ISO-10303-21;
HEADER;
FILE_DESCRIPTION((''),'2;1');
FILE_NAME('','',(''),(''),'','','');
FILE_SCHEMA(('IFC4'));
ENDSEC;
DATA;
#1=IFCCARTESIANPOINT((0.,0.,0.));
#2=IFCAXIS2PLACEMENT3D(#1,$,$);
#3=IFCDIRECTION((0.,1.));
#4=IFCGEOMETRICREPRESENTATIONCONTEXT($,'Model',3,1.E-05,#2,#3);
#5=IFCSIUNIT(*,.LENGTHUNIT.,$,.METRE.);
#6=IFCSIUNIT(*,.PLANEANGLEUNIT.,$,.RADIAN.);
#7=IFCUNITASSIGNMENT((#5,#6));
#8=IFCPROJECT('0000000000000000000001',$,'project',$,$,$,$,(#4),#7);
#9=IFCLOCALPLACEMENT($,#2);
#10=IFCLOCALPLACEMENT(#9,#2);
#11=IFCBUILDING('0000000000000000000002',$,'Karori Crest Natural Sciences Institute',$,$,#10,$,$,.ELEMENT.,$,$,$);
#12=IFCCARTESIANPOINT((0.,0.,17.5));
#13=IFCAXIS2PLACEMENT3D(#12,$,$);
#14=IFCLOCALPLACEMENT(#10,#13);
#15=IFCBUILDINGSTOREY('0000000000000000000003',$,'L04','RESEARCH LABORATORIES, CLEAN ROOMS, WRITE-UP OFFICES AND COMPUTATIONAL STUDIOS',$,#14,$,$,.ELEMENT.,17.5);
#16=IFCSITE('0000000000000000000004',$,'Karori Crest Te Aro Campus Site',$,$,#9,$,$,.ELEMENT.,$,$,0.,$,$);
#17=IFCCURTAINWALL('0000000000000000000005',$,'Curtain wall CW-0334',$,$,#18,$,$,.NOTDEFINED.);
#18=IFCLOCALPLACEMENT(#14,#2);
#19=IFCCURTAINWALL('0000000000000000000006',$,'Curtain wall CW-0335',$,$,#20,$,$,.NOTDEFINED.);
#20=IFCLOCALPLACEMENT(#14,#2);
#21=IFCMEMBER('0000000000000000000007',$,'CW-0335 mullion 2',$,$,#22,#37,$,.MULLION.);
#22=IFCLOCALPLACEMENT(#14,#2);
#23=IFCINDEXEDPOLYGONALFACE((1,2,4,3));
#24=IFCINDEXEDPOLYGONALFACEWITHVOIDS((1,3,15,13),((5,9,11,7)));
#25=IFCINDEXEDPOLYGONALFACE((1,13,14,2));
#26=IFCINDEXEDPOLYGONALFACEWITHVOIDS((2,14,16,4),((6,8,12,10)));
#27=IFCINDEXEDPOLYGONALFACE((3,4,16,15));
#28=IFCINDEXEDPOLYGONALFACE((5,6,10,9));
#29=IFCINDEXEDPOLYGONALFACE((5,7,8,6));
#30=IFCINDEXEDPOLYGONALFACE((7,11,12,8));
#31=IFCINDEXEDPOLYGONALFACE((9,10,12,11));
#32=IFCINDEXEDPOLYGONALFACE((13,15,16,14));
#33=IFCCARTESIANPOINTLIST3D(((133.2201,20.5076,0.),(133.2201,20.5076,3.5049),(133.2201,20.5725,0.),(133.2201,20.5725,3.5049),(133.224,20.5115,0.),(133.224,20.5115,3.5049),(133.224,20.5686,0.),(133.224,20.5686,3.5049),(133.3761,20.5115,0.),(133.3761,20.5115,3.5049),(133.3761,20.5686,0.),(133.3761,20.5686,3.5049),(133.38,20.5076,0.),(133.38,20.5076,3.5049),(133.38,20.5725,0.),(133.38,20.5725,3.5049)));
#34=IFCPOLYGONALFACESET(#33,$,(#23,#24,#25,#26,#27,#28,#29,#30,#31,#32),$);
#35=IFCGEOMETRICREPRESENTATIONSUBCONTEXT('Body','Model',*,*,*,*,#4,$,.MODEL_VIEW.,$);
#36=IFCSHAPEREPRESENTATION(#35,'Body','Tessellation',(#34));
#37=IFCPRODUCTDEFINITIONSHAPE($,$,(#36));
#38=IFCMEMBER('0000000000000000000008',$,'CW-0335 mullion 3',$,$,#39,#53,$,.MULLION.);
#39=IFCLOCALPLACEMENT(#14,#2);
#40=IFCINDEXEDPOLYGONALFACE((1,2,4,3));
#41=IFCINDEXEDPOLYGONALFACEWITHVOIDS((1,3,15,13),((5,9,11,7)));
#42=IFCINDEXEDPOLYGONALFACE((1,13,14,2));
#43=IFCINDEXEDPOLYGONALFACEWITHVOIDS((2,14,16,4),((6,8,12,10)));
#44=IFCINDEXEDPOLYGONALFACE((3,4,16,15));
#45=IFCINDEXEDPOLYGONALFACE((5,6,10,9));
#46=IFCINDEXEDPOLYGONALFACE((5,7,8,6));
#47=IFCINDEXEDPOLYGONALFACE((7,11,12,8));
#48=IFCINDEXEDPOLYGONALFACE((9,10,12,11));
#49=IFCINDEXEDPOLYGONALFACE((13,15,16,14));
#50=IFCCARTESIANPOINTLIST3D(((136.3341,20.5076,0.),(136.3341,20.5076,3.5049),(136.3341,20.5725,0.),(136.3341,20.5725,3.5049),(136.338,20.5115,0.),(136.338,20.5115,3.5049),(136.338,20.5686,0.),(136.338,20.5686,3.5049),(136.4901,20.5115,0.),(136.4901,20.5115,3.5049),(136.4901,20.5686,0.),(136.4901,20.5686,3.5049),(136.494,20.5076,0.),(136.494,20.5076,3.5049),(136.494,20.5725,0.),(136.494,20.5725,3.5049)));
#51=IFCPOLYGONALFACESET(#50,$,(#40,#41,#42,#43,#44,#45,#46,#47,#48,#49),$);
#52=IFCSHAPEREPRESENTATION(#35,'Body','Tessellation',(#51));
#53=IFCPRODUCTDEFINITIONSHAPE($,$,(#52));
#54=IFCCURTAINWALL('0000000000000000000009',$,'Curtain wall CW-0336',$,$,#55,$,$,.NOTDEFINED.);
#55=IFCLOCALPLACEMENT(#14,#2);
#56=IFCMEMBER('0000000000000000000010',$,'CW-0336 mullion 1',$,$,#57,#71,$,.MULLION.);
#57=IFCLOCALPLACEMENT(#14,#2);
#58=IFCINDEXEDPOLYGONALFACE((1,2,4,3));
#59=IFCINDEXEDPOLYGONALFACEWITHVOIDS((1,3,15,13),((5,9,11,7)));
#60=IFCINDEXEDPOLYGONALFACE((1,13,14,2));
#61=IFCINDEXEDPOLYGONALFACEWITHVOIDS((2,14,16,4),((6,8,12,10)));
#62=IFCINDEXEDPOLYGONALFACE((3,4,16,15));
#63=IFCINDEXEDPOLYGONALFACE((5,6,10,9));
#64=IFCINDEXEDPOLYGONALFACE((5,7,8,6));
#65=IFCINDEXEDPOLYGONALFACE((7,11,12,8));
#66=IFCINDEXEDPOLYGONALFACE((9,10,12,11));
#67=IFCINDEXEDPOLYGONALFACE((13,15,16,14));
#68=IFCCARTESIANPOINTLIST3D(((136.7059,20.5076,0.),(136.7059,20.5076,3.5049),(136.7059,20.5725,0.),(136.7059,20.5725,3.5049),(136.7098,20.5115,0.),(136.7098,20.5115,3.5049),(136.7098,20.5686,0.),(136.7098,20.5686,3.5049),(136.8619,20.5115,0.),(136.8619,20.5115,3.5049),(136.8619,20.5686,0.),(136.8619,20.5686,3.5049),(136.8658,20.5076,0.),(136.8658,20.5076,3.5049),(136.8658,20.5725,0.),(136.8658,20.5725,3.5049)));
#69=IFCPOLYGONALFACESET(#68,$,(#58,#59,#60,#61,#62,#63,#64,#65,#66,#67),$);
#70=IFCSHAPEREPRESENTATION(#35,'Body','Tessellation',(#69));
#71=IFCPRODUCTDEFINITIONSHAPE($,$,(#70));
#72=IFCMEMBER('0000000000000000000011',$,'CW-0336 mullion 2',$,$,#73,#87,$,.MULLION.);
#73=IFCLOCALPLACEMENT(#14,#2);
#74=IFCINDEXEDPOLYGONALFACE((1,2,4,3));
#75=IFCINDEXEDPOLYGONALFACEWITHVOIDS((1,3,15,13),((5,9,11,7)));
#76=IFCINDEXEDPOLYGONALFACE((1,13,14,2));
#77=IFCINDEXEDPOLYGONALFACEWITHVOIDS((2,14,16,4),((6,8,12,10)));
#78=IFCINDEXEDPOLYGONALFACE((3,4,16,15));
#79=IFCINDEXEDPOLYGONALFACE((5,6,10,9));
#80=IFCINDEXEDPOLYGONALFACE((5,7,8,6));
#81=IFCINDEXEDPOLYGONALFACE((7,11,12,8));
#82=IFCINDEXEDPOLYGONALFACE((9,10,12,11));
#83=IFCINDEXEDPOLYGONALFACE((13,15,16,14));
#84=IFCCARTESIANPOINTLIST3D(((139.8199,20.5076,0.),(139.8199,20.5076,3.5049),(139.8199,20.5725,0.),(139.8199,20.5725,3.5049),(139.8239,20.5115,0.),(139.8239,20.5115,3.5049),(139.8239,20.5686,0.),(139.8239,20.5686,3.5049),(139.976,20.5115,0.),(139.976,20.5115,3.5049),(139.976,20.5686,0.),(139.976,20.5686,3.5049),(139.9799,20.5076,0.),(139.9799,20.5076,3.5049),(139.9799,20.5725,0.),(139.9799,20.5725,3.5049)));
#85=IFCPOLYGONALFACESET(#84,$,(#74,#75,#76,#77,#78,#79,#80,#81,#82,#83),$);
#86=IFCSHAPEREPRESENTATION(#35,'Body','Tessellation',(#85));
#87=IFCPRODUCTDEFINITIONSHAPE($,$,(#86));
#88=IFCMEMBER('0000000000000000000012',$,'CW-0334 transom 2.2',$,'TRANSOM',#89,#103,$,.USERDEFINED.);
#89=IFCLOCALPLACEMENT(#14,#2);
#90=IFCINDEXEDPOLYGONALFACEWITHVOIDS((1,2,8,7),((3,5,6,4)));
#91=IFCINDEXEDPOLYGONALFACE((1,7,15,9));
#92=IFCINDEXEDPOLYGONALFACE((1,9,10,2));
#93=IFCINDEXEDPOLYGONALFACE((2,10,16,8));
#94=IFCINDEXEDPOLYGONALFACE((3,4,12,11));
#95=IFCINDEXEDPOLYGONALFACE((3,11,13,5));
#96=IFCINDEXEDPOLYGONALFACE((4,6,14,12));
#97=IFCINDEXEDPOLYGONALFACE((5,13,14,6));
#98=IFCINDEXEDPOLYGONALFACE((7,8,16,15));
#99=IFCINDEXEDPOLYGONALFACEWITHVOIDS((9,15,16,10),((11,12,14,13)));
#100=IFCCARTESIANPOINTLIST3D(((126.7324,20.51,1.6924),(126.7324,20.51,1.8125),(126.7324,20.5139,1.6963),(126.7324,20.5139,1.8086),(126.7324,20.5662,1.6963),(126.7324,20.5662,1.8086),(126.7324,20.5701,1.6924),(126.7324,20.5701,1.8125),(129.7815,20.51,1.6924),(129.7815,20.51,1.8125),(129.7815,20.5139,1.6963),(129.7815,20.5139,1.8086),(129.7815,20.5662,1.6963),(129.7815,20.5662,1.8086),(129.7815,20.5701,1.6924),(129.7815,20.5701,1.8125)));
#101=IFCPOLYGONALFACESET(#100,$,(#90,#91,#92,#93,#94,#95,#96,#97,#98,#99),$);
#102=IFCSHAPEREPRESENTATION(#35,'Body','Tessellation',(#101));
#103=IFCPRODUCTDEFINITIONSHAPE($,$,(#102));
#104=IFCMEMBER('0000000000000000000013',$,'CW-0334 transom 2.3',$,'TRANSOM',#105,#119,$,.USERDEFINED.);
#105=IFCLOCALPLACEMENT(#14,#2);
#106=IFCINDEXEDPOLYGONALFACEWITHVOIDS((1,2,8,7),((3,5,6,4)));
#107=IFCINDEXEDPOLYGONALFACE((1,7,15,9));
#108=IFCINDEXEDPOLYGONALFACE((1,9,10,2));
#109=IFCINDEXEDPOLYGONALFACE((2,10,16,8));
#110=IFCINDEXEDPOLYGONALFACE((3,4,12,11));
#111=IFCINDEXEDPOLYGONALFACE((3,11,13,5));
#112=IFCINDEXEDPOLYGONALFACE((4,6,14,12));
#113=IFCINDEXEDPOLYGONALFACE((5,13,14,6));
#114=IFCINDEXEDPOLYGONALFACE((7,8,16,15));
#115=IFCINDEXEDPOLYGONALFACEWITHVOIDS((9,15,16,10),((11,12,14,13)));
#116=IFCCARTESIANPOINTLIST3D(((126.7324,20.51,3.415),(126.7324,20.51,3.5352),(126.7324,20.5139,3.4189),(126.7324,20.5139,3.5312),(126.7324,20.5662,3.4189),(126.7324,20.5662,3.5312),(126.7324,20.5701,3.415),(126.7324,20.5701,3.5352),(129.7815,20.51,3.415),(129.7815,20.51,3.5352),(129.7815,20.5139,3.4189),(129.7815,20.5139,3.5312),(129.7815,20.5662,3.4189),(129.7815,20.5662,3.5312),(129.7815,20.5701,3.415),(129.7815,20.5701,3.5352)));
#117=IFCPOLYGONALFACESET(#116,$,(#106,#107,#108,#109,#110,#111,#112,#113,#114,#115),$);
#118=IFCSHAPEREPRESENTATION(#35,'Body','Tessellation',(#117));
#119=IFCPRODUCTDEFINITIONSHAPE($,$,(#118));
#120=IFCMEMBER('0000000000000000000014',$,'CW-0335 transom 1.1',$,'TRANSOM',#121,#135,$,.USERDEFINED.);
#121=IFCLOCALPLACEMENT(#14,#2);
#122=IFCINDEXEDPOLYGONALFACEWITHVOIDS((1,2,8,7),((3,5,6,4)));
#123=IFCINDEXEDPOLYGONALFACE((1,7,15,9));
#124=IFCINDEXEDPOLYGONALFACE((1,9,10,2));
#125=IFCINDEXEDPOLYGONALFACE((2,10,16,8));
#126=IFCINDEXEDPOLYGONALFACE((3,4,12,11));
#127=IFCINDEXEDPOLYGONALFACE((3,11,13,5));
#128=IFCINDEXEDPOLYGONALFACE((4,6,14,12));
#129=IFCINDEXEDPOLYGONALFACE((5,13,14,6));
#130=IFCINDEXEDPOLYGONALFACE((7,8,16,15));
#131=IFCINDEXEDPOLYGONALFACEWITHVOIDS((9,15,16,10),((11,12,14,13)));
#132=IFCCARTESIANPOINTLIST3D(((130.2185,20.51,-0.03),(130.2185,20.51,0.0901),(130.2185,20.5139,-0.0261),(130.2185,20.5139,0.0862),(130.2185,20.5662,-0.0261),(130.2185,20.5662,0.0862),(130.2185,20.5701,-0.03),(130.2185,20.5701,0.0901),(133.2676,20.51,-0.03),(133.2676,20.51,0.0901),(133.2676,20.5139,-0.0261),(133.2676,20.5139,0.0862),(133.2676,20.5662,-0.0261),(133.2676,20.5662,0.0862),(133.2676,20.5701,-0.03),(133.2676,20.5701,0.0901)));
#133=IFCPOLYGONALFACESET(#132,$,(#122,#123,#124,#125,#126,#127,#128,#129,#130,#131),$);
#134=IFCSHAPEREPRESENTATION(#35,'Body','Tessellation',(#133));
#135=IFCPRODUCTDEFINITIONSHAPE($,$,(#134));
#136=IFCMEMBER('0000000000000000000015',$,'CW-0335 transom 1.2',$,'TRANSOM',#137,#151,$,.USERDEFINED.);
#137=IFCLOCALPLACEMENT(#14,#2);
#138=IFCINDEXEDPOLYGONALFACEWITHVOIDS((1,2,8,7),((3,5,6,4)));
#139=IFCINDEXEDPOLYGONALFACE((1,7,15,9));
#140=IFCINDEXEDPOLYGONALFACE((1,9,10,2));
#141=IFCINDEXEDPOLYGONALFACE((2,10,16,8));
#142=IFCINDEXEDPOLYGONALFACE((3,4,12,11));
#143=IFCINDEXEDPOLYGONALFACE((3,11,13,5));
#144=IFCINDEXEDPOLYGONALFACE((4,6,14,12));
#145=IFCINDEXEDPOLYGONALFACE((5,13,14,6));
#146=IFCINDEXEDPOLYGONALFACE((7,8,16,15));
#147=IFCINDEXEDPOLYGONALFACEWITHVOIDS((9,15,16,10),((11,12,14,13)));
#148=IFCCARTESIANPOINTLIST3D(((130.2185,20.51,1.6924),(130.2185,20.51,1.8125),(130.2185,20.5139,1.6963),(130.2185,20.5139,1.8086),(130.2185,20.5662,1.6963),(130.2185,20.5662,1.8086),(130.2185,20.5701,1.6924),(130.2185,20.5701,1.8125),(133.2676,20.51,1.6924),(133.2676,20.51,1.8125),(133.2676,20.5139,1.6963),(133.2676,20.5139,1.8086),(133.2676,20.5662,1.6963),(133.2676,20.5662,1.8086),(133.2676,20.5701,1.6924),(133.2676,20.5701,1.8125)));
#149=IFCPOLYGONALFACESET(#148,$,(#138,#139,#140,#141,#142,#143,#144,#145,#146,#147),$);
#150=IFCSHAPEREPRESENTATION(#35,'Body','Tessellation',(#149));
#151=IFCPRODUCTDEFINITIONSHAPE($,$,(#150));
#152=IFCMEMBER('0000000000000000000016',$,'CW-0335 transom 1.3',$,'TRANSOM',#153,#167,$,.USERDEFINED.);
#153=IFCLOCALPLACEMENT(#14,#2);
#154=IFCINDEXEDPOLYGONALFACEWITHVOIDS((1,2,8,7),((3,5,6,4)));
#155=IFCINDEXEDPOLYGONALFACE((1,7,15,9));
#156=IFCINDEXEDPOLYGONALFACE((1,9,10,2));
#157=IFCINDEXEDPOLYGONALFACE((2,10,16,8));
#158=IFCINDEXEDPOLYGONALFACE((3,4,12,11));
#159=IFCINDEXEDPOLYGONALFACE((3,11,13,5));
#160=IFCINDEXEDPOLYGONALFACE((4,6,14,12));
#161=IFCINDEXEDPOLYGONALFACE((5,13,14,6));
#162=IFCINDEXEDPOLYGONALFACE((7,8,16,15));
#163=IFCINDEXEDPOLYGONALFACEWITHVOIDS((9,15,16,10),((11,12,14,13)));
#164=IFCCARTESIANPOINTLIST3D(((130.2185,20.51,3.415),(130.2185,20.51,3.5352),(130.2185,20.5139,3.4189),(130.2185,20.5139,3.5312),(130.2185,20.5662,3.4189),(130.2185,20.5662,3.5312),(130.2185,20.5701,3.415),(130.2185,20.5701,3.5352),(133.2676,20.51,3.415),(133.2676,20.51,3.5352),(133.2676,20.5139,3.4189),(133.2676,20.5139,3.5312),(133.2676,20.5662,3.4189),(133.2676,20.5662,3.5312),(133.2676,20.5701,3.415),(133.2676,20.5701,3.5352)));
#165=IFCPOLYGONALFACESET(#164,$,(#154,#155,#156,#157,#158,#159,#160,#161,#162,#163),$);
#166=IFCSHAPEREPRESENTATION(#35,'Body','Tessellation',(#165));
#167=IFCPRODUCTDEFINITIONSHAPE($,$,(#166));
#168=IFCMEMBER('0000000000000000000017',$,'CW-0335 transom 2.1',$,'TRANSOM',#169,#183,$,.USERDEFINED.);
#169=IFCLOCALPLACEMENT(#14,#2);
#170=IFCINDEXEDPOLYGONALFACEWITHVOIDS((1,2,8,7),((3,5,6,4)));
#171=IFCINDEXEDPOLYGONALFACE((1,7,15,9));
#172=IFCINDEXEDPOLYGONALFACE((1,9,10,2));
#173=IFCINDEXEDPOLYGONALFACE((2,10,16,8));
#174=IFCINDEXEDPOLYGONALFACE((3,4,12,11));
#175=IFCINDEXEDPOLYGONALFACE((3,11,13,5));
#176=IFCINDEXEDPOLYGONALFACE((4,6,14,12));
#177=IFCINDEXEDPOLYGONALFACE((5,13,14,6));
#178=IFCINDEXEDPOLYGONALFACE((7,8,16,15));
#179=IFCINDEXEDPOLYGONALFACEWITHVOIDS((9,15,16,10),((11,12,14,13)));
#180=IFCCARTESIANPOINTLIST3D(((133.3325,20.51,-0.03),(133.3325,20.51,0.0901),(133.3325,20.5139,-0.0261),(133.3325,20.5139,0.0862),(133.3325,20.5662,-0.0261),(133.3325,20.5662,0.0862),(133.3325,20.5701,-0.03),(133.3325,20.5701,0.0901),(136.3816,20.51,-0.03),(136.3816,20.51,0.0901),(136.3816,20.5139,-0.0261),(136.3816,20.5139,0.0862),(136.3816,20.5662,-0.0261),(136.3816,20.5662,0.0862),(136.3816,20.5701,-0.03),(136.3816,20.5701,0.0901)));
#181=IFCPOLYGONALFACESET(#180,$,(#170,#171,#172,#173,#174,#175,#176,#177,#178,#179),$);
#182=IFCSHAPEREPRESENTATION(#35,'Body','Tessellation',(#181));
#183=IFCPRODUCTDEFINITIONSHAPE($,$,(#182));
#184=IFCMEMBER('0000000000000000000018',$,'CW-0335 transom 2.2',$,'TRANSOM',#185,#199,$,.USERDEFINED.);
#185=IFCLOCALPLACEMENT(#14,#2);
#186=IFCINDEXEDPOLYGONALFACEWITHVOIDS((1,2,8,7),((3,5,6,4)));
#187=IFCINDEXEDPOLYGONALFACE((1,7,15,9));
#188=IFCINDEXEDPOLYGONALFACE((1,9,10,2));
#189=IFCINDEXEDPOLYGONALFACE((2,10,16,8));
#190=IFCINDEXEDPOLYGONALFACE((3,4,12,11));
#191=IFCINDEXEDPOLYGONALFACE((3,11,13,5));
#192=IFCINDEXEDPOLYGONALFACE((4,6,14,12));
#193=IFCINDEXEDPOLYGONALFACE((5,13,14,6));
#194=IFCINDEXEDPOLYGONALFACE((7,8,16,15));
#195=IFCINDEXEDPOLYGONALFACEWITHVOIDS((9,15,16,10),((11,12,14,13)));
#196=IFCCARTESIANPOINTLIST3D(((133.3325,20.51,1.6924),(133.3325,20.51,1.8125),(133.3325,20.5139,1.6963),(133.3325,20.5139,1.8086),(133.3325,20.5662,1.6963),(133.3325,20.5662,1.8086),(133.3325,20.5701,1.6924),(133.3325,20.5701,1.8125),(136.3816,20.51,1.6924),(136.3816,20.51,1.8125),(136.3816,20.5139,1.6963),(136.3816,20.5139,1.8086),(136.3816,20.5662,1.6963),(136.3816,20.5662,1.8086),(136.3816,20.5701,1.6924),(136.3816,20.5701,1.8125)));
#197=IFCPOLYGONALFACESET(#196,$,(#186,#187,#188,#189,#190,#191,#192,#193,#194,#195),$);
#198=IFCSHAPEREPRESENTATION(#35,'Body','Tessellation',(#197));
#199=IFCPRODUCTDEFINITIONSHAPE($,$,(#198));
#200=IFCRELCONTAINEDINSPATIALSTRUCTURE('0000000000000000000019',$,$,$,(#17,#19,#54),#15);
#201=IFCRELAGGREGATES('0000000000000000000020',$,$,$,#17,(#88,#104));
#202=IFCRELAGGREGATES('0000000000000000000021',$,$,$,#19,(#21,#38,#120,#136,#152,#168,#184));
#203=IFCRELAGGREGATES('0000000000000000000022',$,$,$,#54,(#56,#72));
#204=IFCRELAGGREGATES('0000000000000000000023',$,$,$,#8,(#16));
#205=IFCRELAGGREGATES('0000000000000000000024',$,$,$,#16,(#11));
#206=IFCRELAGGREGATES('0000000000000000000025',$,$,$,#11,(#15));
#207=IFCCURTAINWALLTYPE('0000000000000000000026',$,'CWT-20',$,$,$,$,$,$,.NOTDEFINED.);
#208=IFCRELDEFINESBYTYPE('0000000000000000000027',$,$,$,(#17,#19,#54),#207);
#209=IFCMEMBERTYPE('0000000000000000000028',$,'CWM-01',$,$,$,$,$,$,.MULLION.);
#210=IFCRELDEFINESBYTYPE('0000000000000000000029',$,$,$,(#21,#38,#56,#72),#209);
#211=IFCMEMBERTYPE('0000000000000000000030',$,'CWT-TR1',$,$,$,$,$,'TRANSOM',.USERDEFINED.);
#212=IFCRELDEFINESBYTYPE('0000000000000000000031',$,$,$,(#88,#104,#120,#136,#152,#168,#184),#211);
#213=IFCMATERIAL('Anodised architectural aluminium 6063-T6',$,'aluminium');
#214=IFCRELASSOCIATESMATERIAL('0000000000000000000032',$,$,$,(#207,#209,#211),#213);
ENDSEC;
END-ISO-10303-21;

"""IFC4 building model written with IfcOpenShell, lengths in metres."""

from ifc_helpers import new_model, si_unit, direction, frame, origin, origin_2d, place, context, subcontext, project, spatial, hollow_rectangle, extrude, material, material_profile, profile_set, type_object, element, aggregate, save


model = new_model("IFC4")

# Units and contexts
model_context = context("Model", 3, precision=1e-05, world=origin(), true_north=direction((0.0, 1.0)))
body_context = subcontext(model_context, "Body", "Model", "MODEL_VIEW")
ifc_project = project(units=[si_unit("LENGTHUNIT", "METRE"), si_unit("PLANEANGLEUNIT", "RADIAN")], contexts=[model_context])

# Site, building, storey
site_placement = place(None, origin())
site = spatial("IfcSite", under=ifc_project, at=site_placement, Name="Karori Crest Te Aro Campus Site", CompositionType="ELEMENT", RefElevation=0.0)
building_placement = place(site_placement, origin())
building = spatial("IfcBuilding", under=site, at=building_placement, Name="Karori Crest Natural Sciences Institute", CompositionType="ELEMENT")
storey_placement = place(building_placement, frame((0.0, 0.0, 17.5)))
storey = spatial("IfcBuildingStorey", under=building, at=storey_placement, Name="L04", Description="RESEARCH LABORATORIES, CLEAN ROOMS, WRITE-UP OFFICES AND COMPUTATIONAL STUDIOS", CompositionType="ELEMENT", Elevation=17.5)

# Curtain wall
ifc_material_1 = material(Name="Anodised architectural aluminium 6063-T6", Category="aluminium")
curtain_wall_type = type_object("IfcCurtainWallType", Name="CWT-20", PredefinedType="NOTDEFINED", material=ifc_material_1)
curtain_wall_1_placement = place(storey_placement, origin())
curtain_wall_1 = element("IfcCurtainWall", 1, at=curtain_wall_1_placement, inside=storey, type_object=curtain_wall_type, Name="Curtain wall CW-0334", PredefinedType="NOTDEFINED")
ifc_material_profile_1 = material_profile(ifc_material_1, hollow_rectangle(XDim=0.0649, YDim=0.1599, WallThickness=0.0039, at=origin_2d()), Name="CWM160x65x4")
ifc_profile_set_1 = profile_set([ifc_material_profile_1], Name="Anodised architectural aluminium 6063-T6")
member_type_1 = type_object("IfcMemberType", Name="CWM-01", PredefinedType="MULLION", material=ifc_profile_set_1)

# Curtain walls, members
curtain_wall_2_placement = place(storey_placement, origin())
curtain_wall_2 = element("IfcCurtainWall", 2, at=curtain_wall_2_placement, inside=storey, type_object=curtain_wall_type, Name="Curtain wall CW-0335", PredefinedType="NOTDEFINED")
member_1_placement = place(storey_placement, frame((133.3, 20.54, 0.0), z_axis=(0.0, 0.0, 1.0), x_axis=(0.0, 1.0, 0.0)))
member_1 = element("IfcMember", 3, at=member_1_placement, type_object=member_type_1, Name="CW-0335 mullion 2", PredefinedType="MULLION", context=body_context, shape_type="SweptSolid", body=[
    extrude(hollow_rectangle(XDim=0.0649, YDim=0.1599, WallThickness=0.0039, at=origin_2d()), origin(), (0.0, 0.0, 1.0), 3.5049),
])
member_2_placement = place(storey_placement, frame((136.4141, 20.54, 0.0), z_axis=(0.0, 0.0, 1.0), x_axis=(0.0, 1.0, 0.0)))
member_2 = element("IfcMember", 4, at=member_2_placement, type_object=member_type_1, Name="CW-0335 mullion 3", PredefinedType="MULLION", context=body_context, shape_type="SweptSolid", body=[
    extrude(hollow_rectangle(XDim=0.0649, YDim=0.1599, WallThickness=0.0039, at=origin_2d()), origin(), (0.0, 0.0, 1.0), 3.5049),
])
curtain_wall_3_placement = place(storey_placement, origin())
curtain_wall_3 = element("IfcCurtainWall", 5, at=curtain_wall_3_placement, inside=storey, type_object=curtain_wall_type, Name="Curtain wall CW-0336", PredefinedType="NOTDEFINED")
member_3_placement = place(storey_placement, frame((136.7859, 20.54, 0.0), z_axis=(0.0, 0.0, 1.0), x_axis=(0.0, 1.0, 0.0)))
member_3 = element("IfcMember", 6, at=member_3_placement, type_object=member_type_1, Name="CW-0336 mullion 1", PredefinedType="MULLION", context=body_context, shape_type="SweptSolid", body=[
    extrude(hollow_rectangle(XDim=0.0649, YDim=0.1599, WallThickness=0.0039, at=origin_2d()), origin(), (0.0, 0.0, 1.0), 3.5049),
])
member_4_placement = place(storey_placement, frame((139.8999, 20.54, 0.0), z_axis=(0.0, 0.0, 1.0), x_axis=(0.0, 1.0, 0.0)))
member_4 = element("IfcMember", 7, at=member_4_placement, type_object=member_type_1, Name="CW-0336 mullion 2", PredefinedType="MULLION", context=body_context, shape_type="SweptSolid", body=[
    extrude(hollow_rectangle(XDim=0.0649, YDim=0.1599, WallThickness=0.0039, at=origin_2d()), origin(), (0.0, 0.0, 1.0), 3.5049),
])

# Members
ifc_material_profile_2 = material_profile(ifc_material_1, hollow_rectangle(XDim=0.0601, YDim=0.1201, WallThickness=0.0039, at=origin_2d()), Name="CWT120x60x4")
ifc_profile_set_2 = profile_set([ifc_material_profile_2], Name="Anodised architectural aluminium 6063-T6")
member_type_2 = type_object("IfcMemberType", Name="CWT-TR1", ElementType="TRANSOM", PredefinedType="USERDEFINED", material=ifc_profile_set_2)
member_5_placement = place(storey_placement, frame((126.7324, 20.54, 1.7524), z_axis=(1.0, 0.0, 0.0), x_axis=(0.0, 1.0, 0.0)))
member_5 = element("IfcMember", 8, at=member_5_placement, type_object=member_type_2, Name="CW-0334 transom 2.2", ObjectType="TRANSOM", PredefinedType="USERDEFINED", context=body_context, shape_type="SweptSolid", body=[
    extrude(hollow_rectangle(XDim=0.0601, YDim=0.1201, WallThickness=0.0039, at=origin_2d()), origin(), (0.0, 0.0, 1.0), 3.0491),
])
member_6_placement = place(storey_placement, frame((126.7324, 20.54, 3.4751), z_axis=(1.0, 0.0, 0.0), x_axis=(0.0, 1.0, 0.0)))
member_6 = element("IfcMember", 9, at=member_6_placement, type_object=member_type_2, Name="CW-0334 transom 2.3", ObjectType="TRANSOM", PredefinedType="USERDEFINED", context=body_context, shape_type="SweptSolid", body=[
    extrude(hollow_rectangle(XDim=0.0601, YDim=0.1201, WallThickness=0.0039, at=origin_2d()), origin(), (0.0, 0.0, 1.0), 3.0491),
])
member_7_placement = place(storey_placement, frame((130.2185, 20.54, 0.03), z_axis=(1.0, 0.0, 0.0), x_axis=(0.0, 1.0, 0.0)))
member_7 = element("IfcMember", 10, at=member_7_placement, type_object=member_type_2, Name="CW-0335 transom 1.1", ObjectType="TRANSOM", PredefinedType="USERDEFINED", context=body_context, shape_type="SweptSolid", body=[
    extrude(hollow_rectangle(XDim=0.0601, YDim=0.1201, WallThickness=0.0039, at=origin_2d()), origin(), (0.0, 0.0, 1.0), 3.0491),
])
member_8_placement = place(storey_placement, frame((130.2185, 20.54, 1.7524), z_axis=(1.0, 0.0, 0.0), x_axis=(0.0, 1.0, 0.0)))
member_8 = element("IfcMember", 11, at=member_8_placement, type_object=member_type_2, Name="CW-0335 transom 1.2", ObjectType="TRANSOM", PredefinedType="USERDEFINED", context=body_context, shape_type="SweptSolid", body=[
    extrude(hollow_rectangle(XDim=0.0601, YDim=0.1201, WallThickness=0.0039, at=origin_2d()), origin(), (0.0, 0.0, 1.0), 3.0491),
])
member_9_placement = place(storey_placement, frame((130.2185, 20.54, 3.4751), z_axis=(1.0, 0.0, 0.0), x_axis=(0.0, 1.0, 0.0)))
member_9 = element("IfcMember", 12, at=member_9_placement, type_object=member_type_2, Name="CW-0335 transom 1.3", ObjectType="TRANSOM", PredefinedType="USERDEFINED", context=body_context, shape_type="SweptSolid", body=[
    extrude(hollow_rectangle(XDim=0.0601, YDim=0.1201, WallThickness=0.0039, at=origin_2d()), origin(), (0.0, 0.0, 1.0), 3.0491),
])
member_10_placement = place(storey_placement, frame((133.3325, 20.54, 0.03), z_axis=(1.0, 0.0, 0.0), x_axis=(0.0, 1.0, 0.0)))
member_10 = element("IfcMember", 13, at=member_10_placement, type_object=member_type_2, Name="CW-0335 transom 2.1", ObjectType="TRANSOM", PredefinedType="USERDEFINED", context=body_context, shape_type="SweptSolid", body=[
    extrude(hollow_rectangle(XDim=0.0601, YDim=0.1201, WallThickness=0.0039, at=origin_2d()), origin(), (0.0, 0.0, 1.0), 3.0491),
])
member_11_placement = place(storey_placement, frame((133.3325, 20.54, 1.7524), z_axis=(1.0, 0.0, 0.0), x_axis=(0.0, 1.0, 0.0)))
member_11 = element("IfcMember", 14, at=member_11_placement, type_object=member_type_2, Name="CW-0335 transom 2.2", ObjectType="TRANSOM", PredefinedType="USERDEFINED", context=body_context, shape_type="SweptSolid", body=[
    extrude(hollow_rectangle(XDim=0.0601, YDim=0.1201, WallThickness=0.0039, at=origin_2d()), origin(), (0.0, 0.0, 1.0), 3.0491),
])

aggregate(curtain_wall_1, [member_5, member_6])
aggregate(curtain_wall_2, [member_1, member_2, member_7, member_8, member_9, member_10, member_11])
aggregate(curtain_wall_3, [member_3, member_4])

save(model, "model.ifc")
